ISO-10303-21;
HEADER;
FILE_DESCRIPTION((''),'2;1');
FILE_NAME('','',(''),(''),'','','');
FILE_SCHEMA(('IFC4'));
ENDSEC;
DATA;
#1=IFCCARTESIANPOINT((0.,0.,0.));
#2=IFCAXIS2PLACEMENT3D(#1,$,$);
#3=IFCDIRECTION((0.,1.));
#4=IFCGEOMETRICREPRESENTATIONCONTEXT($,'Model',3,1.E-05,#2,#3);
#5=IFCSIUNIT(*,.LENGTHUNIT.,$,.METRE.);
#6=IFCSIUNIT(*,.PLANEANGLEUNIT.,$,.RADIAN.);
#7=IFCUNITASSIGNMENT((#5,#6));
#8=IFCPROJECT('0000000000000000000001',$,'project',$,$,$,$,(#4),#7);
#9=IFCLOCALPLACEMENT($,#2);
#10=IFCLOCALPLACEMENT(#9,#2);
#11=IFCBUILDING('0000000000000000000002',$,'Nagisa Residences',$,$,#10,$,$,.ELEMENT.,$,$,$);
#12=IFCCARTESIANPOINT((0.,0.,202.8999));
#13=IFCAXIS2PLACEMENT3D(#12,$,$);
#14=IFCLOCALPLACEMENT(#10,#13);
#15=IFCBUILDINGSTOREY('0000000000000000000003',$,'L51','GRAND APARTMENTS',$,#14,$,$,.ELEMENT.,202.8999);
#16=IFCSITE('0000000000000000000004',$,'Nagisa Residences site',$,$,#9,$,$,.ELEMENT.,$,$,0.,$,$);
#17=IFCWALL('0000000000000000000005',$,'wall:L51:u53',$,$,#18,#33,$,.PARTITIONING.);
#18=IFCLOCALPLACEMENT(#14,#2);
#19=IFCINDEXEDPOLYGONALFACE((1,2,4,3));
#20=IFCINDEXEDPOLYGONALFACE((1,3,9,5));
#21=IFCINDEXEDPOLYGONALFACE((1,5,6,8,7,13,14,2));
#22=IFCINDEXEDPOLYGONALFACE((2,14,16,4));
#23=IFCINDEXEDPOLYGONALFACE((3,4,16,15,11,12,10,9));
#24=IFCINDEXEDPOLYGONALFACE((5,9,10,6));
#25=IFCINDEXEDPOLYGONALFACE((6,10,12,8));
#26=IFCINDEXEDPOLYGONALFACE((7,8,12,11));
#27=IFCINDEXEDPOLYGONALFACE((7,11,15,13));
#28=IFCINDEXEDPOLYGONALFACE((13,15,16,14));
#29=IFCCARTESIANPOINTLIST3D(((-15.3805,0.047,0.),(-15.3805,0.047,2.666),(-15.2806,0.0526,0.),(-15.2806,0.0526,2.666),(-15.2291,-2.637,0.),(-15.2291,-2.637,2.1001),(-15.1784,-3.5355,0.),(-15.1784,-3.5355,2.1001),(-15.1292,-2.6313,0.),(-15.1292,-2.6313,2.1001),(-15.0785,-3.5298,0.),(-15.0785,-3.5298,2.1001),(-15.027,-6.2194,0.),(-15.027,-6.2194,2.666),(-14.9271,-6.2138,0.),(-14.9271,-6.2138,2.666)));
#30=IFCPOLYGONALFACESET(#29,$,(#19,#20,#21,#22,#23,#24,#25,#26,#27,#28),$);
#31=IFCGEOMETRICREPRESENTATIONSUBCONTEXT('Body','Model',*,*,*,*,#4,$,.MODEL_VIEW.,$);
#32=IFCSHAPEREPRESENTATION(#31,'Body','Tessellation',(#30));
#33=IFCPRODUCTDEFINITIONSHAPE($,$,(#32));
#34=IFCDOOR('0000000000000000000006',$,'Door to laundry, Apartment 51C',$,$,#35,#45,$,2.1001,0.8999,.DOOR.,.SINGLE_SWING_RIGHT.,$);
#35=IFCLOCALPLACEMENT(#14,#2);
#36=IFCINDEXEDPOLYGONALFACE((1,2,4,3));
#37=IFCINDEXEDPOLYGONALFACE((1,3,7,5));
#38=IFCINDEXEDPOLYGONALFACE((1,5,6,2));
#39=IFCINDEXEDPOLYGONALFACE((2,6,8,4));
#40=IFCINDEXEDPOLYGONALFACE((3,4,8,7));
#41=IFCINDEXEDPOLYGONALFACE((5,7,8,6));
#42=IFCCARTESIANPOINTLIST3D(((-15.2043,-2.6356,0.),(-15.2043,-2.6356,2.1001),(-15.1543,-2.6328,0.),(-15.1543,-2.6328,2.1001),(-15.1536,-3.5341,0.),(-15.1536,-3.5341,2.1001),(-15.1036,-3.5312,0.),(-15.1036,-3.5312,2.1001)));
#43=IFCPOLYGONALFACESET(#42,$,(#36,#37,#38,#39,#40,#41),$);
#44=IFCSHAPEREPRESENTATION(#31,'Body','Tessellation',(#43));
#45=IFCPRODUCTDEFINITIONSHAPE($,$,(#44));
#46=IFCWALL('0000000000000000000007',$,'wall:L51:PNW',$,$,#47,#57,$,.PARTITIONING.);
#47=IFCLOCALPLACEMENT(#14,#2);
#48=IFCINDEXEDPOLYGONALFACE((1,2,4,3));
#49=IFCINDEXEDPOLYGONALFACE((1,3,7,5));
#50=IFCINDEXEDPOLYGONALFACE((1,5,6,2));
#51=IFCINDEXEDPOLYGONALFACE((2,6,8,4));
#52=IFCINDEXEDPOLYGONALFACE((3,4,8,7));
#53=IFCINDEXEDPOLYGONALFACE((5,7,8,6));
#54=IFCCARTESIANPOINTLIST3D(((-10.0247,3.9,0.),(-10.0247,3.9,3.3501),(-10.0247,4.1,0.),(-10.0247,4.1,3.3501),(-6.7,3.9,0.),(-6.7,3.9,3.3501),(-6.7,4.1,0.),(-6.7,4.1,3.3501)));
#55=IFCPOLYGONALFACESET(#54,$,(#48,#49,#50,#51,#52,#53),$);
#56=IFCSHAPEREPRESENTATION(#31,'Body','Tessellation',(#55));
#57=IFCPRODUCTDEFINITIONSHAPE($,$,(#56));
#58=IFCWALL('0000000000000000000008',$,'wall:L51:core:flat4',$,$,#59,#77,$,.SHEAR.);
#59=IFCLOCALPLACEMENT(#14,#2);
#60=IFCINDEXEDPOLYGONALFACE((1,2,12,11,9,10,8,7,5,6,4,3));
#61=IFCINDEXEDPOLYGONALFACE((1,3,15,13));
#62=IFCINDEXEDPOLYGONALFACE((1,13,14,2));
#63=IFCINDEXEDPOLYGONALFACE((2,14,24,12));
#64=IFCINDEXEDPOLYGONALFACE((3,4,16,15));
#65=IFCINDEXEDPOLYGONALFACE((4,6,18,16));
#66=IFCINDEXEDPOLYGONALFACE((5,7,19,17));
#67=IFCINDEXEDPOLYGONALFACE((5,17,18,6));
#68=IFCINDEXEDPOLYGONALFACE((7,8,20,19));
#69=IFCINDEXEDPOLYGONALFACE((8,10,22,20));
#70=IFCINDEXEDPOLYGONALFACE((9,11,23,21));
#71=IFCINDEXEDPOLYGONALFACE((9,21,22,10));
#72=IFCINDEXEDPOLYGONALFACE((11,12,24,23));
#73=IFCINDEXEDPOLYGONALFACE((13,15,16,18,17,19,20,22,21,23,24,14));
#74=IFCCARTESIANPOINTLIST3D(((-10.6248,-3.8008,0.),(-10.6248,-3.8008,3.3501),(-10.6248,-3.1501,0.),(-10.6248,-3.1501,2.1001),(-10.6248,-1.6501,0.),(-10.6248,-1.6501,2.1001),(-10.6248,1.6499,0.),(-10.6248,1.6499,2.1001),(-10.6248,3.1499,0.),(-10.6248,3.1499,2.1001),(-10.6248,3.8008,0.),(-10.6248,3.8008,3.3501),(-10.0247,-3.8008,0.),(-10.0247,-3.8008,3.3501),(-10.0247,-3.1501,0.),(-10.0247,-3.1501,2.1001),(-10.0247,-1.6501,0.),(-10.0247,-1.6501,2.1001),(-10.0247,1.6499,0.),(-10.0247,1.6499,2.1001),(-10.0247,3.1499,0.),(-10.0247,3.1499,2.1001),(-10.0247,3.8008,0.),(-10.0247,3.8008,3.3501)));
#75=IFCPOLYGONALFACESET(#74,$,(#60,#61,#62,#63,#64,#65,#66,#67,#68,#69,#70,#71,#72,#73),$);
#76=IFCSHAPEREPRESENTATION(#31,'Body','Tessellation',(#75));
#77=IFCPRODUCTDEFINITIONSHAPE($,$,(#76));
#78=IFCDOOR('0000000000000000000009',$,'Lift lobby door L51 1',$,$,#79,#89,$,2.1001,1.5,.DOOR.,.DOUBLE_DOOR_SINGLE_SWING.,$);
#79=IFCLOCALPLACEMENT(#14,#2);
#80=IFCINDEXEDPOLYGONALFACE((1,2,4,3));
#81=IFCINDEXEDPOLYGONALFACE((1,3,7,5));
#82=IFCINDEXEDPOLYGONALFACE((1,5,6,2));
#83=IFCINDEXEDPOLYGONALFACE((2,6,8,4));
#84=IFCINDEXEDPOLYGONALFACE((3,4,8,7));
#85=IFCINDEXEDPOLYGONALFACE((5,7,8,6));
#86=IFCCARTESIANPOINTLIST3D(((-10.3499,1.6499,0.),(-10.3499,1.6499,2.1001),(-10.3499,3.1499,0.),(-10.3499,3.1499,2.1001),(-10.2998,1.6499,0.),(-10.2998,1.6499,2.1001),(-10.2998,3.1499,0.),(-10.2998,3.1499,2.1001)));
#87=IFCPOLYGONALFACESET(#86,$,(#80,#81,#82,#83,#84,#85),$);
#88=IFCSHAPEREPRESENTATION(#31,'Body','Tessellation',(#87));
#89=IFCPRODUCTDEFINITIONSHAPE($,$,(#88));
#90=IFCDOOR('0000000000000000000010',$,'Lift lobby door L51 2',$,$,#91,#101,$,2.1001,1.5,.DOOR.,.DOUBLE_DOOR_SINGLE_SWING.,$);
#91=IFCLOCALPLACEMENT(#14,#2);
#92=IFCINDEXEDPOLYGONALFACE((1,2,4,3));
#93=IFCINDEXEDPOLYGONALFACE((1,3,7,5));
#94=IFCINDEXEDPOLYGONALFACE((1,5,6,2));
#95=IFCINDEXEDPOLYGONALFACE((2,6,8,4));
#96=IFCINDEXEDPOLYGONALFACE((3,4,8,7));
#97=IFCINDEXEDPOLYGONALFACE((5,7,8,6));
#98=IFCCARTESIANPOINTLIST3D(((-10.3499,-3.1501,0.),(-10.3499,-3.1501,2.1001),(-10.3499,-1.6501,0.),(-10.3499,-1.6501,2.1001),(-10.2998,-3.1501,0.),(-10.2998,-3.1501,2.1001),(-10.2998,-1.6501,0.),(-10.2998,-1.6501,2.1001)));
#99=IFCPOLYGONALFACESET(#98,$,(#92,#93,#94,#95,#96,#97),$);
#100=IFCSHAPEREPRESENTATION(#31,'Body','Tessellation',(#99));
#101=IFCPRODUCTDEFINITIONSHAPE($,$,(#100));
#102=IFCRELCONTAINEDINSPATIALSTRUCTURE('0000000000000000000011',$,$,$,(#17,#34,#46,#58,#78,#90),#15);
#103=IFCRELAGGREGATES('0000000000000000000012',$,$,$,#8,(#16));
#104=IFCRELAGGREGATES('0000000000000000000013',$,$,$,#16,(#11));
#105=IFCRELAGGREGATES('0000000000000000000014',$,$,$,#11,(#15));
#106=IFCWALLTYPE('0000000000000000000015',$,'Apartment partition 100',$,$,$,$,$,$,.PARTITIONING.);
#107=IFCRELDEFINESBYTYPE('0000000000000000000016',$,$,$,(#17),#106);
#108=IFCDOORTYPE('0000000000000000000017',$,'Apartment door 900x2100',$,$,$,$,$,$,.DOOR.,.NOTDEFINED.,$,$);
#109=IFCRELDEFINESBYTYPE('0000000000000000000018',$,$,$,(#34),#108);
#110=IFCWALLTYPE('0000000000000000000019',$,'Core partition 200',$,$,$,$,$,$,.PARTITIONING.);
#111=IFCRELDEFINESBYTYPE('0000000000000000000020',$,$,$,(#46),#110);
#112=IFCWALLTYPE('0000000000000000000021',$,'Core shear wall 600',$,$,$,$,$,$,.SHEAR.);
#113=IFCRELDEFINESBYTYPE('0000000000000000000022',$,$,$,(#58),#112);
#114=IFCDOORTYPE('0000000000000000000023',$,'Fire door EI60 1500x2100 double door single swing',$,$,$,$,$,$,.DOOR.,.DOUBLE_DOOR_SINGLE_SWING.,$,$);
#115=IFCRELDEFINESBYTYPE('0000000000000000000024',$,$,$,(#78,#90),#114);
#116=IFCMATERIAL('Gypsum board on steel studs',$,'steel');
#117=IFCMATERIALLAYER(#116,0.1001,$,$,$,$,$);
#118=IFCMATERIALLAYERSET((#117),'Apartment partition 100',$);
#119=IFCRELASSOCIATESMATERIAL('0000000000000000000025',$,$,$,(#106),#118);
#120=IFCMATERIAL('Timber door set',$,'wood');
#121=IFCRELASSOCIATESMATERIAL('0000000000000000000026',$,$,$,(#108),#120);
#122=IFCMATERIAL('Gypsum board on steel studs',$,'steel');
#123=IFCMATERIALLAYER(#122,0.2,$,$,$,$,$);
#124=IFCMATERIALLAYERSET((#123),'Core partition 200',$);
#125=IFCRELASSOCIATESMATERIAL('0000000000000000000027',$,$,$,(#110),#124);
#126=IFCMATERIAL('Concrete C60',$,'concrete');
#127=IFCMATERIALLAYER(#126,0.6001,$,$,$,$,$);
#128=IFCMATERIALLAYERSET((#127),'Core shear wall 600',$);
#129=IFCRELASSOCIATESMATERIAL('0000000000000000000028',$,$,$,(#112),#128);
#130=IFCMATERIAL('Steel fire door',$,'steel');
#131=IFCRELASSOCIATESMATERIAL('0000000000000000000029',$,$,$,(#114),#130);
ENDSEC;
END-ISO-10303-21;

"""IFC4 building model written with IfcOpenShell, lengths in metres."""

from ifc_helpers import new_model, si_unit, direction, frame, frame_2d, origin, place, context, subcontext, project, spatial, rectangle, extrude, material, layer, layer_set, type_object, element, fill, save


model = new_model("IFC4")

# Units and contexts
model_context = context("Model", 3, precision=1e-05, world=origin(), true_north=direction((0.0, 1.0)))
body_context = subcontext(model_context, "Body", "Model", "MODEL_VIEW")
ifc_project = project(units=[si_unit("LENGTHUNIT", "METRE"), si_unit("PLANEANGLEUNIT", "RADIAN")], contexts=[model_context])

# Site, building, storey
site_placement = place(None, origin())
site = spatial("IfcSite", under=ifc_project, at=site_placement, Name="Nagisa Residences site", CompositionType="ELEMENT", RefElevation=0.0)
building_placement = place(site_placement, origin())
building = spatial("IfcBuilding", under=site, at=building_placement, Name="Nagisa Residences", CompositionType="ELEMENT")
storey_placement = place(building_placement, frame((0.0, 0.0, 202.8999)))
storey = spatial("IfcBuildingStorey", under=building, at=storey_placement, Name="L51", Description="GRAND APARTMENTS", CompositionType="ELEMENT", Elevation=202.8999)

# Shared definitions
ifc_material_1 = material(Name="Gypsum board on steel studs", Category="steel")
ifc_layer_1 = layer(ifc_material_1, 0.1001)
ifc_layer_set_1 = layer_set([ifc_layer_1], Name="Apartment partition 100")
wall_type_1 = type_object("IfcWallType", Name="Apartment partition 100", PredefinedType="PARTITIONING", material=ifc_layer_set_1)
ifc_material_2 = material(Name="Timber door set", Category="wood")
door_type_1 = type_object("IfcDoorType", Name="Apartment door 900x2100", OperationType="NOTDEFINED", PredefinedType="DOOR", material=ifc_material_2)

# Wall, opening, door
wall_1_placement = place(storey_placement, frame((-15.3306, 0.0498, 0.0), z_axis=(0.0, 0.0, 1.0), x_axis=(0.056325, -0.998412, 0.0)))
wall_1 = element("IfcWall", 1, at=wall_1_placement, inside=storey, type_object=wall_type_1, Name="wall:L51:u53", PredefinedType="PARTITIONING", context=body_context, shape_type="SweptSolid", body=[
    extrude(rectangle(XDim=6.2764, YDim=0.1001, at=frame_2d((3.1382, 0.0))), origin(), (0.0, 0.0, 1.0), 2.666),
])
opening_1_placement = place(wall_1_placement, frame((2.6882, 0.0, 0.0)))
opening_1 = element("IfcOpeningElement", 2, at=opening_1_placement, cuts=wall_1, PredefinedType="OPENING", context=body_context, shape_type="SweptSolid", body=[
    extrude(rectangle(XDim=0.8999, YDim=2.1001, at=frame_2d((0.45, 1.05))), frame((0.0, 0.0601, 0.0), z_axis=(0.0, -1.0, 0.0), x_axis=(1.0, 0.0, 0.0)), (0.0, 0.0, 1.0), 0.1201),
])
door_1_placement = place(opening_1_placement, origin())
door_1 = element("IfcDoor", 3, at=door_1_placement, inside=storey, type_object=door_type_1, Name="Door to laundry, Apartment 51C", OperationType="SINGLE_SWING_RIGHT", OverallHeight=2.1001, OverallWidth=0.8999, PredefinedType="DOOR", context=body_context, shape_type="SweptSolid", body=[
    extrude(rectangle(XDim=0.8999, YDim=2.1001, at=frame_2d((0.45, 1.05))), frame((0.0, 0.0249, 0.0), z_axis=(0.0, -1.0, 0.0), x_axis=(1.0, 0.0, 0.0)), (0.0, 0.0, 1.0), 0.05),
])
fill(opening_1, door_1)

# Wall
ifc_material_3 = material(Name="Gypsum board on steel studs", Category="steel")
ifc_layer_2 = layer(ifc_material_3, 0.2)
ifc_layer_set_2 = layer_set([ifc_layer_2], Name="Core partition 200")
wall_type_2 = type_object("IfcWallType", Name="Core partition 200", PredefinedType="PARTITIONING", material=ifc_layer_set_2)
wall_2_placement = place(storey_placement, frame((-10.0247, 4.0, 0.0), z_axis=(0.0, 0.0, 1.0), x_axis=(1.0, 0.0, 0.0)))
element("IfcWall", 4, at=wall_2_placement, inside=storey, type_object=wall_type_2, Name="wall:L51:PNW", PredefinedType="PARTITIONING", context=body_context, shape_type="SweptSolid", body=[
    extrude(rectangle(XDim=3.3247, YDim=0.2, at=frame_2d((1.6624, 0.0))), origin(), (0.0, 0.0, 1.0), 3.3501),
])

# Wall, openings, doors
ifc_material_4 = material(Name="Concrete C60", Category="concrete")
ifc_layer_3 = layer(ifc_material_4, 0.6001)
ifc_layer_set_3 = layer_set([ifc_layer_3], Name="Core shear wall 600")
wall_type_3 = type_object("IfcWallType", Name="Core shear wall 600", PredefinedType="SHEAR", material=ifc_layer_set_3)
wall_3_placement = place(storey_placement, frame((-10.3247, 3.8008, 0.0), z_axis=(0.0, 0.0, 1.0), x_axis=(0.0, -1.0, 0.0)))
wall_3 = element("IfcWall", 5, at=wall_3_placement, inside=storey, type_object=wall_type_3, Name="wall:L51:core:flat4", PredefinedType="SHEAR", context=body_context, shape_type="SweptSolid", body=[
    extrude(rectangle(XDim=7.6016, YDim=0.6001, at=frame_2d((3.8008, 0.0))), origin(), (0.0, 0.0, 1.0), 3.3501),
])
opening_2_placement = place(wall_3_placement, frame((0.6509, 0.0, 0.0)))
opening_2 = element("IfcOpeningElement", 6, at=opening_2_placement, cuts=wall_3, PredefinedType="OPENING", context=body_context, shape_type="SweptSolid", body=[
    extrude(rectangle(XDim=1.5, YDim=2.1001, at=frame_2d((0.75, 1.05))), frame((0.0, 0.3101, 0.0), z_axis=(0.0, -1.0, 0.0), x_axis=(1.0, 0.0, 0.0)), (0.0, 0.0, 1.0), 0.6201),
])
opening_3_placement = place(wall_3_placement, frame((5.4509, 0.0, 0.0)))
opening_3 = element("IfcOpeningElement", 7, at=opening_3_placement, cuts=wall_3, PredefinedType="OPENING", context=body_context, shape_type="SweptSolid", body=[
    extrude(rectangle(XDim=1.5, YDim=2.1001, at=frame_2d((0.75, 1.05))), frame((0.0, 0.3101, 0.0), z_axis=(0.0, -1.0, 0.0), x_axis=(1.0, 0.0, 0.0)), (0.0, 0.0, 1.0), 0.6201),
])
ifc_material_5 = material(Name="Steel fire door", Category="steel")
door_type_2 = type_object("IfcDoorType", Name="Fire door EI60 1500x2100 double door single swing", OperationType="DOUBLE_DOOR_SINGLE_SWING", PredefinedType="DOOR", material=ifc_material_5)
door_2_placement = place(opening_2_placement, origin())
door_2 = element("IfcDoor", 8, at=door_2_placement, inside=storey, type_object=door_type_2, Name="Lift lobby door L51 1", OperationType="DOUBLE_DOOR_SINGLE_SWING", OverallHeight=2.1001, OverallWidth=1.5, PredefinedType="DOOR", context=body_context, shape_type="SweptSolid", body=[
    extrude(rectangle(XDim=1.5, YDim=2.1001, at=frame_2d((0.75, 1.05))), frame((0.0, 0.0249, 0.0), z_axis=(0.0, -1.0, 0.0), x_axis=(1.0, 0.0, 0.0)), (0.0, 0.0, 1.0), 0.05),
])
fill(opening_2, door_2)
door_3_placement = place(opening_3_placement, origin())
door_3 = element("IfcDoor", 9, at=door_3_placement, inside=storey, type_object=door_type_2, Name="Lift lobby door L51 2", OperationType="DOUBLE_DOOR_SINGLE_SWING", OverallHeight=2.1001, OverallWidth=1.5, PredefinedType="DOOR", context=body_context, shape_type="SweptSolid", body=[
    extrude(rectangle(XDim=1.5, YDim=2.1001, at=frame_2d((0.75, 1.05))), frame((0.0, 0.0249, 0.0), z_axis=(0.0, -1.0, 0.0), x_axis=(1.0, 0.0, 0.0)), (0.0, 0.0, 1.0), 0.05),
])
fill(opening_3, door_3)

save(model, "model.ifc")
